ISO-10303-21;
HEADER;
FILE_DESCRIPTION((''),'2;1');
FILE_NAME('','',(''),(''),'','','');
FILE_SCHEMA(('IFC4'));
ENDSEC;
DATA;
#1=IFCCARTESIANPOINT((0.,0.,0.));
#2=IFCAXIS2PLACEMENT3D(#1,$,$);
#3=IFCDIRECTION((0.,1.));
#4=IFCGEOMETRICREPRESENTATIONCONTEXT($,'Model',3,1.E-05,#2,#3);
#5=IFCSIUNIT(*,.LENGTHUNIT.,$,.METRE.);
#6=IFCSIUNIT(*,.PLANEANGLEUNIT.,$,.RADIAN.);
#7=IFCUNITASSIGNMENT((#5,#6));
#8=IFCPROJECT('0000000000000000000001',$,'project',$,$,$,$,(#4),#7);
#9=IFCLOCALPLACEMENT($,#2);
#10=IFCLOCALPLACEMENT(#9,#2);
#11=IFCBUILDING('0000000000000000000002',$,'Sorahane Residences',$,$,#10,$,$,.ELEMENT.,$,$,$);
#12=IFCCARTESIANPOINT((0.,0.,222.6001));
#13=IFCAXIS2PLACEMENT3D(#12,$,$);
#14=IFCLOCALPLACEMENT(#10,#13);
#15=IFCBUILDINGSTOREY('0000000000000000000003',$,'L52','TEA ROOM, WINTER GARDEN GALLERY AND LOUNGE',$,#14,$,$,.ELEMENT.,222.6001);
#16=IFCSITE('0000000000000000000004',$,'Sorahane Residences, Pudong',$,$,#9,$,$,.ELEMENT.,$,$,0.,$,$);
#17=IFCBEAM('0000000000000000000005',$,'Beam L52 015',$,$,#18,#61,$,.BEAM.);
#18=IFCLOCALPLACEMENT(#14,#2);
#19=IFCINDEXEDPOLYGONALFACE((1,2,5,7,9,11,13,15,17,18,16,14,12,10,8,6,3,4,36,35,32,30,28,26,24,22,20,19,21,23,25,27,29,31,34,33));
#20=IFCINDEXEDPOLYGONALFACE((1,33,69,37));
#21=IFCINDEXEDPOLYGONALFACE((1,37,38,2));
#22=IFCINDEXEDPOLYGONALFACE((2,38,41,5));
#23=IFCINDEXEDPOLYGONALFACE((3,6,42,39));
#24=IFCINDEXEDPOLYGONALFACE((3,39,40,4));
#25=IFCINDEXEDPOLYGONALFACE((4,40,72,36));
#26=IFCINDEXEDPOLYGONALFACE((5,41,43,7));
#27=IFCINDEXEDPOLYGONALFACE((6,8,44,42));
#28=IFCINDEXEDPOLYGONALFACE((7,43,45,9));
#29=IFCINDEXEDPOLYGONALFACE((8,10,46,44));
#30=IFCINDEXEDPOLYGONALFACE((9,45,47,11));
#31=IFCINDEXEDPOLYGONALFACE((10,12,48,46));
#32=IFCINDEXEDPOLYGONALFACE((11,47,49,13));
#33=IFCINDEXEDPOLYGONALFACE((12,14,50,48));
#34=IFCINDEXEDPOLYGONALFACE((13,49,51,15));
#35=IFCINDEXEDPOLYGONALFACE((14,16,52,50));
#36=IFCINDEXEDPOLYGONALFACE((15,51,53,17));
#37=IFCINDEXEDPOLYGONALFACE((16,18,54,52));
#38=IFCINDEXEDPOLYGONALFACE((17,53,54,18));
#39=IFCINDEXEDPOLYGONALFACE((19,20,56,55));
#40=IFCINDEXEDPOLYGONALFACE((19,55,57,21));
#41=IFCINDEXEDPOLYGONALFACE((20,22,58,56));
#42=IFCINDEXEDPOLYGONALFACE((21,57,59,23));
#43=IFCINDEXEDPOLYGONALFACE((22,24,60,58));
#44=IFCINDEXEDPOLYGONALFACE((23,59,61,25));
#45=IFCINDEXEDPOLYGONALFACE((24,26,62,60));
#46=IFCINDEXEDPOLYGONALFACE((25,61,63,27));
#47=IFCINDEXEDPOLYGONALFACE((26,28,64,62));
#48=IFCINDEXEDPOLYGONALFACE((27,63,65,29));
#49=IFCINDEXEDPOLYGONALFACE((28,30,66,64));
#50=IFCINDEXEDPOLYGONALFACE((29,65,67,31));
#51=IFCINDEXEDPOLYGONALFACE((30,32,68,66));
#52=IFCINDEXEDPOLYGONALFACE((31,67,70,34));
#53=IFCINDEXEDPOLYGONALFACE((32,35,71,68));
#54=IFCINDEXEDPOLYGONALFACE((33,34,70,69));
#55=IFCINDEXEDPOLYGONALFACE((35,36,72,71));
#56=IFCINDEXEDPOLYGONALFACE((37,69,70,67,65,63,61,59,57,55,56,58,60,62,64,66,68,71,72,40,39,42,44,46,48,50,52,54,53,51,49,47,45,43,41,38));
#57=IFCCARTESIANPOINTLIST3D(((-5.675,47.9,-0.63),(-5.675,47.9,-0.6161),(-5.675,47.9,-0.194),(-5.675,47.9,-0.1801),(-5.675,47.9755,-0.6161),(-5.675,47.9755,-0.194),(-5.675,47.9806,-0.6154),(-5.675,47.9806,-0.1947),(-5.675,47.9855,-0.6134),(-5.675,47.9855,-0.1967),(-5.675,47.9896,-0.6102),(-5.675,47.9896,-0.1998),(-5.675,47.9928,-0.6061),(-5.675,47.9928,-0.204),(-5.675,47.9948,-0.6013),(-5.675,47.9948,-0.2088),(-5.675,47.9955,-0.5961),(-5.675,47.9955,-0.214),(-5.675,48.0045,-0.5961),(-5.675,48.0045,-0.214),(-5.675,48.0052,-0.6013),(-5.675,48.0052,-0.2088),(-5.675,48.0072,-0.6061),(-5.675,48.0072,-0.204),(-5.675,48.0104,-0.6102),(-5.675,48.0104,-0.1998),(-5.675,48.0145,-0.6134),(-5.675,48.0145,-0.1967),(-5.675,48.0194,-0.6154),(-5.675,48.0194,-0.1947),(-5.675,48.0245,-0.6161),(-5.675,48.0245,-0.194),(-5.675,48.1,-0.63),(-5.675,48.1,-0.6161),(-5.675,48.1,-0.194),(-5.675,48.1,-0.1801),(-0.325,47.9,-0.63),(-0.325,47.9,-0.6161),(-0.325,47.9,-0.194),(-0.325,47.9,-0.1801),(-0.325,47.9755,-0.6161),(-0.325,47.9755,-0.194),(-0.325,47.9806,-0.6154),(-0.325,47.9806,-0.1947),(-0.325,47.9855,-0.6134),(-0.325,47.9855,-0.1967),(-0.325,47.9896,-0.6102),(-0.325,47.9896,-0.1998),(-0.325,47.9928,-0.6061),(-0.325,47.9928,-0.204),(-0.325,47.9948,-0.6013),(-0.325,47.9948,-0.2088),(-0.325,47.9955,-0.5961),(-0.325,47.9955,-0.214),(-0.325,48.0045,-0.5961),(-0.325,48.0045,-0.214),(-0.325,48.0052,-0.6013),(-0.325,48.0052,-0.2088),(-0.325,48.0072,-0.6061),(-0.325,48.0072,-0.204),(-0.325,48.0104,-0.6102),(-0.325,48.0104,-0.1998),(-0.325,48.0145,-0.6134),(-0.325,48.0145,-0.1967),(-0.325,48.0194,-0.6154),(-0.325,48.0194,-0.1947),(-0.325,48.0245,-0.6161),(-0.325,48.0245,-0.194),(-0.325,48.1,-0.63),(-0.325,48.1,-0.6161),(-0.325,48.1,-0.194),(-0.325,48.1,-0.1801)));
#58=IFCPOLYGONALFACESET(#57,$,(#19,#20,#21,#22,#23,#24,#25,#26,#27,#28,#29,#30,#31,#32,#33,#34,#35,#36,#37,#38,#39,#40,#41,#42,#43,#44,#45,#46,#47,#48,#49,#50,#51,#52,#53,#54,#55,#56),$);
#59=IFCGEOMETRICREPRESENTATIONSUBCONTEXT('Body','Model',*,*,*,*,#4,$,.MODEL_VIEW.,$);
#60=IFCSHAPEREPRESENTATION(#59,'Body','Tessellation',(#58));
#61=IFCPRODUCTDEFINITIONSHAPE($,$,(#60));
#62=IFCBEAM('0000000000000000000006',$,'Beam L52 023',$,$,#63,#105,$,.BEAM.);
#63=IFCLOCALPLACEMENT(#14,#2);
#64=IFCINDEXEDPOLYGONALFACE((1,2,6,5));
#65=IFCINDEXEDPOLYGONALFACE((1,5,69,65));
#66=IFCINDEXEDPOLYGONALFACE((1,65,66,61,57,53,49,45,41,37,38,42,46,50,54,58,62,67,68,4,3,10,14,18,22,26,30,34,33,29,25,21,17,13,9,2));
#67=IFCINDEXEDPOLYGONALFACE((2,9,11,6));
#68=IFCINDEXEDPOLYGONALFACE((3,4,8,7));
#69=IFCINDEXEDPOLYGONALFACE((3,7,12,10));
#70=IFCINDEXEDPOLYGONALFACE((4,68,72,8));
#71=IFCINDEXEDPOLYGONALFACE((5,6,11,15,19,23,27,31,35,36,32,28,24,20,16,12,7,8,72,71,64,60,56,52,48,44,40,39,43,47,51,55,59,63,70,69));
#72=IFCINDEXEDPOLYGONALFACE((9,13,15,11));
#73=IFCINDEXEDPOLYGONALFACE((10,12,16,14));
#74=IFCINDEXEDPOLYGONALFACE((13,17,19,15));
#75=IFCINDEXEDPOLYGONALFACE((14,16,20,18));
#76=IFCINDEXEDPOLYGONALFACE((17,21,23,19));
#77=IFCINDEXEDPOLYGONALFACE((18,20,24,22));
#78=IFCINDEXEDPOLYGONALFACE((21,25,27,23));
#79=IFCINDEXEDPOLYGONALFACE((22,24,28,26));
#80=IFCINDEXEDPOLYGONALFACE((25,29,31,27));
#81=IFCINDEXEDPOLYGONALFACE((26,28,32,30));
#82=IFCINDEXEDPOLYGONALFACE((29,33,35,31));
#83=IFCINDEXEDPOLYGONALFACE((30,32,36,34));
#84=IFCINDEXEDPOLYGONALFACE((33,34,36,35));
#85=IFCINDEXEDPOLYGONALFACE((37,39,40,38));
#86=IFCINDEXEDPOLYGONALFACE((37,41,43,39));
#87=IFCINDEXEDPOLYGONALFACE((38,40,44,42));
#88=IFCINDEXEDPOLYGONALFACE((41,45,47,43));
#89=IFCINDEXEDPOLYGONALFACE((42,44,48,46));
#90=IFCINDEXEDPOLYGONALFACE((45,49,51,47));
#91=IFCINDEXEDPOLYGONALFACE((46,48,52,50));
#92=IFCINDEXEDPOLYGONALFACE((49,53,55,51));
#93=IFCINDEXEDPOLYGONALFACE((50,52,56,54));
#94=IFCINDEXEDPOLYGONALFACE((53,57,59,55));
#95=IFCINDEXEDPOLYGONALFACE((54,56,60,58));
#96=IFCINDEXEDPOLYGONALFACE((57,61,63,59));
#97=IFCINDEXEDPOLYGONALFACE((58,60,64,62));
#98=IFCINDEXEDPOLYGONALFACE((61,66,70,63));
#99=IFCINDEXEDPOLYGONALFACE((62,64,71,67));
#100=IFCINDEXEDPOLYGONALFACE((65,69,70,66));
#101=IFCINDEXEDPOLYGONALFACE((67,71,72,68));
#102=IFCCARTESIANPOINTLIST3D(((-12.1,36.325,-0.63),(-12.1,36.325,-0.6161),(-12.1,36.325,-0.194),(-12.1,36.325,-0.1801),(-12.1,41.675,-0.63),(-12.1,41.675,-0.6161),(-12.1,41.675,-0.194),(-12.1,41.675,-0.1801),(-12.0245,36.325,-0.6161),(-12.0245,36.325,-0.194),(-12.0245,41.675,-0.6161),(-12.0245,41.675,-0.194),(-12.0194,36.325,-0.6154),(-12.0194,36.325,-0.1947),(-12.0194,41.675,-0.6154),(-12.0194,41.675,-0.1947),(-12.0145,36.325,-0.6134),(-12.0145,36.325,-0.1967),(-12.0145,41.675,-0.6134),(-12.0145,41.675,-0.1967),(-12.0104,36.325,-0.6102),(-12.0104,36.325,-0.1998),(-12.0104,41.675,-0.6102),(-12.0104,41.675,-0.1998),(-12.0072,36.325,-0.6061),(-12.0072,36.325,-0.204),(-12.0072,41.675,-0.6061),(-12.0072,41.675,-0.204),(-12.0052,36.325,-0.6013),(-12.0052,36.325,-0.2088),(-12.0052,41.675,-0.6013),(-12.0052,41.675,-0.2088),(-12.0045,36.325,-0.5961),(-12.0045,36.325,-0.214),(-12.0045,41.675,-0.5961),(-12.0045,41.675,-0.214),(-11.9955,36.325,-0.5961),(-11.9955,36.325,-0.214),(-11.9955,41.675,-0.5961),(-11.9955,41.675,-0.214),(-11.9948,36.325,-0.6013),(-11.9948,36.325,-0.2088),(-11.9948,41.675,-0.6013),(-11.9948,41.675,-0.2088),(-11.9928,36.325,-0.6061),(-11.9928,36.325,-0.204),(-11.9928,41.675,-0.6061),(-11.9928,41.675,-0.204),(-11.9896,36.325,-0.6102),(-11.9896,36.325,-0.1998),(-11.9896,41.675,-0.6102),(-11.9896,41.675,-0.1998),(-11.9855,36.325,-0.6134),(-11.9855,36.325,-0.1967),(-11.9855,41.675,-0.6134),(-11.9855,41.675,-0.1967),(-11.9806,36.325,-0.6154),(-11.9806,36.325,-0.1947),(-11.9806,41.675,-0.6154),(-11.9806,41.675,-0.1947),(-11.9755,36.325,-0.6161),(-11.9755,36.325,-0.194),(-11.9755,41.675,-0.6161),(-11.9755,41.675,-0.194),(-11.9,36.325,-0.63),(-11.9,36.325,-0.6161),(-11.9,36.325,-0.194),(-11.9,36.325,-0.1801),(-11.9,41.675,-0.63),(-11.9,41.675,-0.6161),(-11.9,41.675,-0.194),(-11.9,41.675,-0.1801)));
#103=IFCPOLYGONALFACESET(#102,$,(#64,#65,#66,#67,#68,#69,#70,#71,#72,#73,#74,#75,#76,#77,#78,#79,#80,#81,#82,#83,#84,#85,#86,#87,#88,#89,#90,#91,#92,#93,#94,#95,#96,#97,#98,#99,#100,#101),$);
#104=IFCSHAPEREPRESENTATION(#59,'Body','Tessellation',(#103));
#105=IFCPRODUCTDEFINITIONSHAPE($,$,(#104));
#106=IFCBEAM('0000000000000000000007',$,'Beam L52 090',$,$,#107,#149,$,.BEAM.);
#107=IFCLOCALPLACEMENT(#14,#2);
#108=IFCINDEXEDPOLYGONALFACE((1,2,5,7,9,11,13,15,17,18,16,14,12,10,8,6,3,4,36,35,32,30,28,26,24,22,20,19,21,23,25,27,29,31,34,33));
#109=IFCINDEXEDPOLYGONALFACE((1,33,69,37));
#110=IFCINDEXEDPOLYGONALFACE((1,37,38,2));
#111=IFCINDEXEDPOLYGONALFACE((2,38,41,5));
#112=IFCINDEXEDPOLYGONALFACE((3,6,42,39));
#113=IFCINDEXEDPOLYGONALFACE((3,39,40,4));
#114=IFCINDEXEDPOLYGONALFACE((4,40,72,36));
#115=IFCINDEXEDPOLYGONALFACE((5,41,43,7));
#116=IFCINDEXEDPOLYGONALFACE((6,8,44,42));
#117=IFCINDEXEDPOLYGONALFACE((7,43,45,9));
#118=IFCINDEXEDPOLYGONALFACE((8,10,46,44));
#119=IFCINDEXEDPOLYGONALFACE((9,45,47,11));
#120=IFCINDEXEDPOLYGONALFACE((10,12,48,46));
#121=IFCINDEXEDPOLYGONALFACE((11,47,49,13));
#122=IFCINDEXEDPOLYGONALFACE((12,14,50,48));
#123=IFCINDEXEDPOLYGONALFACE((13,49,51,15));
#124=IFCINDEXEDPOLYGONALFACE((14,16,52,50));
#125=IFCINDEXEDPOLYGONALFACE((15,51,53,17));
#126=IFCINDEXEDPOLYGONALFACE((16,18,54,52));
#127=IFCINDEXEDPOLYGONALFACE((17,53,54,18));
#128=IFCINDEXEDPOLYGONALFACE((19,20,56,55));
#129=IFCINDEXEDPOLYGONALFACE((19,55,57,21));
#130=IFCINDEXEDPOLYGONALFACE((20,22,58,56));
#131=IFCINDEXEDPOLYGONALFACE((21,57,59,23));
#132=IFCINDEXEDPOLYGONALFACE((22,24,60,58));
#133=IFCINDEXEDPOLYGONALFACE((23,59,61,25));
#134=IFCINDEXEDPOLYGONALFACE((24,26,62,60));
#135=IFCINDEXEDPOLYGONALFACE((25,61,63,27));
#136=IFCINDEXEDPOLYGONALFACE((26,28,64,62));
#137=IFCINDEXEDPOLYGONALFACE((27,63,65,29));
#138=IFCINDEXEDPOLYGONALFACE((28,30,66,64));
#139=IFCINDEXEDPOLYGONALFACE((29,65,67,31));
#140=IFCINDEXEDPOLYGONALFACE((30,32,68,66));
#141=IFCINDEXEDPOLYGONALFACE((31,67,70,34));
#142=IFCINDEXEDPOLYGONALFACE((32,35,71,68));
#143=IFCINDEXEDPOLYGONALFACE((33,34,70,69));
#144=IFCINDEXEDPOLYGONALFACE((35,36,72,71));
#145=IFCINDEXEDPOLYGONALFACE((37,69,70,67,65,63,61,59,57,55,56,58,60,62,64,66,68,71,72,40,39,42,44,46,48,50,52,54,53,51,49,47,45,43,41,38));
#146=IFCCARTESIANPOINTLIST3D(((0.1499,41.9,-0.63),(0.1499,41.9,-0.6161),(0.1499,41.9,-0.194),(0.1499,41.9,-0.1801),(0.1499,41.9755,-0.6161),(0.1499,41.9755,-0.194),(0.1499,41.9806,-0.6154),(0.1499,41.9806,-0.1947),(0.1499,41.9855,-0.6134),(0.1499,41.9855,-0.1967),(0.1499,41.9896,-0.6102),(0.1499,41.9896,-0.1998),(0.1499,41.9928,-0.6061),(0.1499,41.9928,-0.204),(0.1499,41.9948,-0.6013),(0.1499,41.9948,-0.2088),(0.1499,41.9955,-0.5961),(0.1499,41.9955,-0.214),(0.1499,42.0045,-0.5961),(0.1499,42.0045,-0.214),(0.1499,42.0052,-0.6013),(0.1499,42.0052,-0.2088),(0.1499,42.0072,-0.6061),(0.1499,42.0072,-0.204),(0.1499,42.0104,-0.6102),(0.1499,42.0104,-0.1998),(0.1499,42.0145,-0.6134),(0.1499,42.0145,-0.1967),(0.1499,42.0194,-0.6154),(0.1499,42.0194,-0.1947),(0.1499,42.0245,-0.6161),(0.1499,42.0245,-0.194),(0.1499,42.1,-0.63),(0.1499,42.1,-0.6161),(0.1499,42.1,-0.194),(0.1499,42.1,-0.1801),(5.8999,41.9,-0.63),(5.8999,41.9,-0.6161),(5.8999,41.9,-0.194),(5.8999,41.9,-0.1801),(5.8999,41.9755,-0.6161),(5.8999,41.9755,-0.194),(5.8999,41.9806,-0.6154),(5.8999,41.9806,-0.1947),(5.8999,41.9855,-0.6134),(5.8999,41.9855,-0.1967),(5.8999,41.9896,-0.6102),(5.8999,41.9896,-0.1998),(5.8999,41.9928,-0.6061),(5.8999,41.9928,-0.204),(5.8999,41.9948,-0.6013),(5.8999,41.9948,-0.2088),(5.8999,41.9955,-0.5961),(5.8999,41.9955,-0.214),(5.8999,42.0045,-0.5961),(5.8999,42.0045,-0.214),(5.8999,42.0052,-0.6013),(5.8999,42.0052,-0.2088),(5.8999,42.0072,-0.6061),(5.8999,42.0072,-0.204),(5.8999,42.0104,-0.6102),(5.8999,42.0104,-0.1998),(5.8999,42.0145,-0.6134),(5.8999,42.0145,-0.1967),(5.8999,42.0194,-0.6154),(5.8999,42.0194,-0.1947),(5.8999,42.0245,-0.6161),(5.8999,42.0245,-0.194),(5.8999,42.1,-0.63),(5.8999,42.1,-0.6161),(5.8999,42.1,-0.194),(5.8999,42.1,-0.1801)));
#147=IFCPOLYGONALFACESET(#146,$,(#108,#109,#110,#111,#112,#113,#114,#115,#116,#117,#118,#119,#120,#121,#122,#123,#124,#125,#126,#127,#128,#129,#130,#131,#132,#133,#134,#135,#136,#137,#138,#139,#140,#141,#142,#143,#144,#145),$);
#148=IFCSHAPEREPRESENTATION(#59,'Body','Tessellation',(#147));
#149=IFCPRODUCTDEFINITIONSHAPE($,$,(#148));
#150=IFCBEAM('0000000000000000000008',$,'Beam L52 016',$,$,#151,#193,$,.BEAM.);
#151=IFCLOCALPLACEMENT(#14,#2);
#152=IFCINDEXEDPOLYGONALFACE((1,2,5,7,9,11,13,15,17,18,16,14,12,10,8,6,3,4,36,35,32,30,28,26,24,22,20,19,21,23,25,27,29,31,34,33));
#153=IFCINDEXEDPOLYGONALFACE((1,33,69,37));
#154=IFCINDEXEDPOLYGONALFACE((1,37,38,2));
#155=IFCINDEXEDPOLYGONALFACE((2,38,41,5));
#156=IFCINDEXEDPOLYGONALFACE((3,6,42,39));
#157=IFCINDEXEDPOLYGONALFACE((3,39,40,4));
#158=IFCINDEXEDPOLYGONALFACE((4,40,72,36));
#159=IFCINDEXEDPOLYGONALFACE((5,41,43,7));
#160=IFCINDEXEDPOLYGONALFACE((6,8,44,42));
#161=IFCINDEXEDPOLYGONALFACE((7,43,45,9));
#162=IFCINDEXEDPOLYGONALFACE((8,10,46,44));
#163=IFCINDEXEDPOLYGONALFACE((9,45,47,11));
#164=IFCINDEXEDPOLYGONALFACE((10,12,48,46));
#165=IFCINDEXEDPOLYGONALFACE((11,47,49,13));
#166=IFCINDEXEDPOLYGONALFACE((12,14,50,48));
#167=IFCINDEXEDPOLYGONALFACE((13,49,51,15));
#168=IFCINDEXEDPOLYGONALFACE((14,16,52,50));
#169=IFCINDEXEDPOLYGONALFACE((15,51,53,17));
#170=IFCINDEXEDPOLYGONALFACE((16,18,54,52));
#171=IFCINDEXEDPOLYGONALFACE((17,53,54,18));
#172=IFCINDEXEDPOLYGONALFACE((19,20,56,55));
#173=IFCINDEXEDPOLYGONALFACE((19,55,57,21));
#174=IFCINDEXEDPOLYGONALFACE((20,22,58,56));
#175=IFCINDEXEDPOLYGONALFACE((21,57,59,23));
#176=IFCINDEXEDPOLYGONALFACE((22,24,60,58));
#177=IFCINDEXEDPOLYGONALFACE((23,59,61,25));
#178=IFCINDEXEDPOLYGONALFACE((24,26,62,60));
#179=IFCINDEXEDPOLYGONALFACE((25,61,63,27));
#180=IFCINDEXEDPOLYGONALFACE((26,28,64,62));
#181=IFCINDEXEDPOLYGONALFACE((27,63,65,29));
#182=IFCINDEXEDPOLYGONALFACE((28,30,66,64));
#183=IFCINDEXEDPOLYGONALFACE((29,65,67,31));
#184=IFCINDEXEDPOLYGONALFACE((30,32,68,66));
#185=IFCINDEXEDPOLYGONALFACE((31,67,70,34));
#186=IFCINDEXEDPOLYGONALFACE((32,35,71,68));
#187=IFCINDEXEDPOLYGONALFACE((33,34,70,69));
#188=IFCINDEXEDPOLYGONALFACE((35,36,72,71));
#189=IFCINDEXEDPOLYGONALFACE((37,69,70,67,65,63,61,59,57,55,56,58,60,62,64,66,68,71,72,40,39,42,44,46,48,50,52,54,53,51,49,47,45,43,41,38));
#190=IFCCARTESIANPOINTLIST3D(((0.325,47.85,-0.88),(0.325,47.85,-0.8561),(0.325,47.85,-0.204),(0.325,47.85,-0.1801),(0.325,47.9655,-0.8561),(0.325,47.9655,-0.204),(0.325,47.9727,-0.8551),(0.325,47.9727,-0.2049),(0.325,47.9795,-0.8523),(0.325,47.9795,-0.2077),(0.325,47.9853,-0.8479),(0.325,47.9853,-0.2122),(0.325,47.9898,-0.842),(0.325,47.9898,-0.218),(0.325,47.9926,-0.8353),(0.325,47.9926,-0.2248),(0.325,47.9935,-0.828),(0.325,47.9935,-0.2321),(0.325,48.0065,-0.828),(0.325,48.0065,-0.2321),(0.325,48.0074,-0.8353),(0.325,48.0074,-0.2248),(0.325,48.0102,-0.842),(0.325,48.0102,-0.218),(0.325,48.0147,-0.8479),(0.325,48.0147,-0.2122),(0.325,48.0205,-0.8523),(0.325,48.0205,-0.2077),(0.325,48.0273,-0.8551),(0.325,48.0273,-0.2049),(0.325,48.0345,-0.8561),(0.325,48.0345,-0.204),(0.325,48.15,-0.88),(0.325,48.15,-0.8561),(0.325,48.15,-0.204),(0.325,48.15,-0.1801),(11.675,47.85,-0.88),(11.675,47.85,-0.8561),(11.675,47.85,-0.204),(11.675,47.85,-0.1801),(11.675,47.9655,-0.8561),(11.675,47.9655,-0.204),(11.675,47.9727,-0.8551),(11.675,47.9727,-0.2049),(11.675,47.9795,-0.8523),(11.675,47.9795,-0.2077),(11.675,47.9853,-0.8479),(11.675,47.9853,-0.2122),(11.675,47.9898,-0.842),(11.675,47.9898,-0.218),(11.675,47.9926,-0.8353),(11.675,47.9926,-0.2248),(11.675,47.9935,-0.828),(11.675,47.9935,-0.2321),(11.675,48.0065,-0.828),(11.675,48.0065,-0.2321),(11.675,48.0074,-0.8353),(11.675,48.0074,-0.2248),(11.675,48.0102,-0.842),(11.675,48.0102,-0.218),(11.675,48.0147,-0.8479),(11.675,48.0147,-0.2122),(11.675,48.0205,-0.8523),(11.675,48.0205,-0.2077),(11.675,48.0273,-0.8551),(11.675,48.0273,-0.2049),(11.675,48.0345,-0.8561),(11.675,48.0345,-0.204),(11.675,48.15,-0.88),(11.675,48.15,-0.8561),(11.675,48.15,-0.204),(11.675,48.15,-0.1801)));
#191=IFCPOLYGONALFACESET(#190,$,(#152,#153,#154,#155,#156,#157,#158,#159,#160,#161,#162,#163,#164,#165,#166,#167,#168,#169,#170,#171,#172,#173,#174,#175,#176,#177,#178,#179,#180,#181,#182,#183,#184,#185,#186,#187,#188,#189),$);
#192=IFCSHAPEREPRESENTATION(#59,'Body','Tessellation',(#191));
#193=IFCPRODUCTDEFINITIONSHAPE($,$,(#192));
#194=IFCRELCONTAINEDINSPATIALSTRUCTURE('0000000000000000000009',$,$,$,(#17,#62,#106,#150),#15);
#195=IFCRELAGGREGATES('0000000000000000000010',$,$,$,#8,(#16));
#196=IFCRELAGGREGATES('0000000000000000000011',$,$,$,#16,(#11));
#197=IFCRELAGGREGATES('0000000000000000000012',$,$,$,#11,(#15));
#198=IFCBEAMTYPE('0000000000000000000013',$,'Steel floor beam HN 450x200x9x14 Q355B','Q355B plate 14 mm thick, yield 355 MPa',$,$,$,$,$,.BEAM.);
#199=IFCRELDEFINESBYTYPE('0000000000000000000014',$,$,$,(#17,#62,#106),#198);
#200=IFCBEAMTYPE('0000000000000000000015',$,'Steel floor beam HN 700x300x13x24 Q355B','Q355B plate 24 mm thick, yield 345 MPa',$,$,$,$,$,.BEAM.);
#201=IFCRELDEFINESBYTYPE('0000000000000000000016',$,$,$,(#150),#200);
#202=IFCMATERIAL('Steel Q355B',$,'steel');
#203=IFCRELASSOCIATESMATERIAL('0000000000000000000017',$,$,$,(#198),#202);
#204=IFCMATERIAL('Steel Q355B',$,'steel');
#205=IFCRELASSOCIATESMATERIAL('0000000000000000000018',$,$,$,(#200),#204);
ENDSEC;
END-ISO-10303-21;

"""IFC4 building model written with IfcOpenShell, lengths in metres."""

from ifc_helpers import new_model, si_unit, direction, frame, origin, origin_2d, place, context, subcontext, project, spatial, i_section, extrude, material, material_profile, profile_set, type_object, element, save


model = new_model("IFC4")

# Units and contexts
model_context = context("Model", 3, precision=1e-05, world=origin(), true_north=direction((0.0, 1.0)))
body_context = subcontext(model_context, "Body", "Model", "MODEL_VIEW")
ifc_project = project(units=[si_unit("LENGTHUNIT", "METRE"), si_unit("PLANEANGLEUNIT", "RADIAN")], contexts=[model_context])

# Site, building, storey
site_placement = place(None, origin())
site = spatial("IfcSite", under=ifc_project, at=site_placement, Name="Sorahane Residences, Pudong", CompositionType="ELEMENT", RefElevation=0.0)
building_placement = place(site_placement, origin())
building = spatial("IfcBuilding", under=site, at=building_placement, Name="Sorahane Residences", CompositionType="ELEMENT")
storey_placement = place(building_placement, frame((0.0, 0.0, 222.6001)))
storey = spatial("IfcBuildingStorey", under=building, at=storey_placement, Name="L52", Description="TEA ROOM, WINTER GARDEN GALLERY AND LOUNGE", CompositionType="ELEMENT", Elevation=222.6001)

# Beams
ifc_material_1 = material(Name="Steel Q355B", Category="steel")
ifc_material_profile_1 = material_profile(ifc_material_1, i_section(OverallWidth=0.2, OverallDepth=0.45, WebThickness=0.009, FlangeThickness=0.0139, FilletRadius=0.02, at=origin_2d()), Name="HN 450x200x9x14")
ifc_profile_set_1 = profile_set([ifc_material_profile_1], Name="Steel Q355B")
beam_type_1 = type_object("IfcBeamType", Name="Steel floor beam HN 450x200x9x14 Q355B", Description="Q355B plate 14 mm thick, yield 355 MPa", PredefinedType="BEAM", material=ifc_profile_set_1)
for number, where, z_axis, x_axis, name in (
    (1, (-5.675, 48.0, -0.405), (1.0, 0.0, 0.0), (0.0, 1.0, 0.0), "Beam L52 015"),
    (2, (-12.0, 36.325, -0.405), (0.0, 1.0, 0.0), (-1.0, 0.0, 0.0), "Beam L52 023"),
):
    element("IfcBeam", number, at=place(storey_placement, frame(where, z_axis=z_axis, x_axis=x_axis)), inside=storey, type_object=beam_type_1, Name=name, PredefinedType="BEAM", context=body_context, shape_type="SweptSolid", body=[
        extrude(i_section(OverallWidth=0.2, OverallDepth=0.45, WebThickness=0.009, FlangeThickness=0.0139, FilletRadius=0.02, at=origin_2d()), origin(), (0.0, 0.0, 1.0), 5.3501),
    ])
beam_1_placement = place(storey_placement, frame((0.1499, 42.0, -0.405), z_axis=(1.0, 0.0, 0.0), x_axis=(0.0, 1.0, 0.0)))
element("IfcBeam", 3, at=beam_1_placement, inside=storey, type_object=beam_type_1, Name="Beam L52 090", PredefinedType="BEAM", context=body_context, shape_type="SweptSolid", body=[
    extrude(i_section(OverallWidth=0.2, OverallDepth=0.45, WebThickness=0.009, FlangeThickness=0.0139, FilletRadius=0.02, at=origin_2d()), origin(), (0.0, 0.0, 1.0), 5.75),
])
ifc_material_2 = material(Name="Steel Q355B", Category="steel")
ifc_material_profile_2 = material_profile(ifc_material_2, i_section(OverallWidth=0.3, OverallDepth=0.7, WebThickness=0.0129, FlangeThickness=0.0239, FilletRadius=0.0281, at=origin_2d()), Name="HN 700x300x13x24")
ifc_profile_set_2 = profile_set([ifc_material_profile_2], Name="Steel Q355B")
beam_type_2 = type_object("IfcBeamType", Name="Steel floor beam HN 700x300x13x24 Q355B", Description="Q355B plate 24 mm thick, yield 345 MPa", PredefinedType="BEAM", material=ifc_profile_set_2)
beam_2_placement = place(storey_placement, frame((0.325, 48.0, -0.53), z_axis=(1.0, 0.0, 0.0), x_axis=(0.0, 1.0, 0.0)))
element("IfcBeam", 4, at=beam_2_placement, inside=storey, type_object=beam_type_2, Name="Beam L52 016", PredefinedType="BEAM", context=body_context, shape_type="SweptSolid", body=[
    extrude(i_section(OverallWidth=0.3, OverallDepth=0.7, WebThickness=0.0129, FlangeThickness=0.0239, FilletRadius=0.0281, at=origin_2d()), origin(), (0.0, 0.0, 1.0), 11.3501),
])

save(model, "model.ifc")
